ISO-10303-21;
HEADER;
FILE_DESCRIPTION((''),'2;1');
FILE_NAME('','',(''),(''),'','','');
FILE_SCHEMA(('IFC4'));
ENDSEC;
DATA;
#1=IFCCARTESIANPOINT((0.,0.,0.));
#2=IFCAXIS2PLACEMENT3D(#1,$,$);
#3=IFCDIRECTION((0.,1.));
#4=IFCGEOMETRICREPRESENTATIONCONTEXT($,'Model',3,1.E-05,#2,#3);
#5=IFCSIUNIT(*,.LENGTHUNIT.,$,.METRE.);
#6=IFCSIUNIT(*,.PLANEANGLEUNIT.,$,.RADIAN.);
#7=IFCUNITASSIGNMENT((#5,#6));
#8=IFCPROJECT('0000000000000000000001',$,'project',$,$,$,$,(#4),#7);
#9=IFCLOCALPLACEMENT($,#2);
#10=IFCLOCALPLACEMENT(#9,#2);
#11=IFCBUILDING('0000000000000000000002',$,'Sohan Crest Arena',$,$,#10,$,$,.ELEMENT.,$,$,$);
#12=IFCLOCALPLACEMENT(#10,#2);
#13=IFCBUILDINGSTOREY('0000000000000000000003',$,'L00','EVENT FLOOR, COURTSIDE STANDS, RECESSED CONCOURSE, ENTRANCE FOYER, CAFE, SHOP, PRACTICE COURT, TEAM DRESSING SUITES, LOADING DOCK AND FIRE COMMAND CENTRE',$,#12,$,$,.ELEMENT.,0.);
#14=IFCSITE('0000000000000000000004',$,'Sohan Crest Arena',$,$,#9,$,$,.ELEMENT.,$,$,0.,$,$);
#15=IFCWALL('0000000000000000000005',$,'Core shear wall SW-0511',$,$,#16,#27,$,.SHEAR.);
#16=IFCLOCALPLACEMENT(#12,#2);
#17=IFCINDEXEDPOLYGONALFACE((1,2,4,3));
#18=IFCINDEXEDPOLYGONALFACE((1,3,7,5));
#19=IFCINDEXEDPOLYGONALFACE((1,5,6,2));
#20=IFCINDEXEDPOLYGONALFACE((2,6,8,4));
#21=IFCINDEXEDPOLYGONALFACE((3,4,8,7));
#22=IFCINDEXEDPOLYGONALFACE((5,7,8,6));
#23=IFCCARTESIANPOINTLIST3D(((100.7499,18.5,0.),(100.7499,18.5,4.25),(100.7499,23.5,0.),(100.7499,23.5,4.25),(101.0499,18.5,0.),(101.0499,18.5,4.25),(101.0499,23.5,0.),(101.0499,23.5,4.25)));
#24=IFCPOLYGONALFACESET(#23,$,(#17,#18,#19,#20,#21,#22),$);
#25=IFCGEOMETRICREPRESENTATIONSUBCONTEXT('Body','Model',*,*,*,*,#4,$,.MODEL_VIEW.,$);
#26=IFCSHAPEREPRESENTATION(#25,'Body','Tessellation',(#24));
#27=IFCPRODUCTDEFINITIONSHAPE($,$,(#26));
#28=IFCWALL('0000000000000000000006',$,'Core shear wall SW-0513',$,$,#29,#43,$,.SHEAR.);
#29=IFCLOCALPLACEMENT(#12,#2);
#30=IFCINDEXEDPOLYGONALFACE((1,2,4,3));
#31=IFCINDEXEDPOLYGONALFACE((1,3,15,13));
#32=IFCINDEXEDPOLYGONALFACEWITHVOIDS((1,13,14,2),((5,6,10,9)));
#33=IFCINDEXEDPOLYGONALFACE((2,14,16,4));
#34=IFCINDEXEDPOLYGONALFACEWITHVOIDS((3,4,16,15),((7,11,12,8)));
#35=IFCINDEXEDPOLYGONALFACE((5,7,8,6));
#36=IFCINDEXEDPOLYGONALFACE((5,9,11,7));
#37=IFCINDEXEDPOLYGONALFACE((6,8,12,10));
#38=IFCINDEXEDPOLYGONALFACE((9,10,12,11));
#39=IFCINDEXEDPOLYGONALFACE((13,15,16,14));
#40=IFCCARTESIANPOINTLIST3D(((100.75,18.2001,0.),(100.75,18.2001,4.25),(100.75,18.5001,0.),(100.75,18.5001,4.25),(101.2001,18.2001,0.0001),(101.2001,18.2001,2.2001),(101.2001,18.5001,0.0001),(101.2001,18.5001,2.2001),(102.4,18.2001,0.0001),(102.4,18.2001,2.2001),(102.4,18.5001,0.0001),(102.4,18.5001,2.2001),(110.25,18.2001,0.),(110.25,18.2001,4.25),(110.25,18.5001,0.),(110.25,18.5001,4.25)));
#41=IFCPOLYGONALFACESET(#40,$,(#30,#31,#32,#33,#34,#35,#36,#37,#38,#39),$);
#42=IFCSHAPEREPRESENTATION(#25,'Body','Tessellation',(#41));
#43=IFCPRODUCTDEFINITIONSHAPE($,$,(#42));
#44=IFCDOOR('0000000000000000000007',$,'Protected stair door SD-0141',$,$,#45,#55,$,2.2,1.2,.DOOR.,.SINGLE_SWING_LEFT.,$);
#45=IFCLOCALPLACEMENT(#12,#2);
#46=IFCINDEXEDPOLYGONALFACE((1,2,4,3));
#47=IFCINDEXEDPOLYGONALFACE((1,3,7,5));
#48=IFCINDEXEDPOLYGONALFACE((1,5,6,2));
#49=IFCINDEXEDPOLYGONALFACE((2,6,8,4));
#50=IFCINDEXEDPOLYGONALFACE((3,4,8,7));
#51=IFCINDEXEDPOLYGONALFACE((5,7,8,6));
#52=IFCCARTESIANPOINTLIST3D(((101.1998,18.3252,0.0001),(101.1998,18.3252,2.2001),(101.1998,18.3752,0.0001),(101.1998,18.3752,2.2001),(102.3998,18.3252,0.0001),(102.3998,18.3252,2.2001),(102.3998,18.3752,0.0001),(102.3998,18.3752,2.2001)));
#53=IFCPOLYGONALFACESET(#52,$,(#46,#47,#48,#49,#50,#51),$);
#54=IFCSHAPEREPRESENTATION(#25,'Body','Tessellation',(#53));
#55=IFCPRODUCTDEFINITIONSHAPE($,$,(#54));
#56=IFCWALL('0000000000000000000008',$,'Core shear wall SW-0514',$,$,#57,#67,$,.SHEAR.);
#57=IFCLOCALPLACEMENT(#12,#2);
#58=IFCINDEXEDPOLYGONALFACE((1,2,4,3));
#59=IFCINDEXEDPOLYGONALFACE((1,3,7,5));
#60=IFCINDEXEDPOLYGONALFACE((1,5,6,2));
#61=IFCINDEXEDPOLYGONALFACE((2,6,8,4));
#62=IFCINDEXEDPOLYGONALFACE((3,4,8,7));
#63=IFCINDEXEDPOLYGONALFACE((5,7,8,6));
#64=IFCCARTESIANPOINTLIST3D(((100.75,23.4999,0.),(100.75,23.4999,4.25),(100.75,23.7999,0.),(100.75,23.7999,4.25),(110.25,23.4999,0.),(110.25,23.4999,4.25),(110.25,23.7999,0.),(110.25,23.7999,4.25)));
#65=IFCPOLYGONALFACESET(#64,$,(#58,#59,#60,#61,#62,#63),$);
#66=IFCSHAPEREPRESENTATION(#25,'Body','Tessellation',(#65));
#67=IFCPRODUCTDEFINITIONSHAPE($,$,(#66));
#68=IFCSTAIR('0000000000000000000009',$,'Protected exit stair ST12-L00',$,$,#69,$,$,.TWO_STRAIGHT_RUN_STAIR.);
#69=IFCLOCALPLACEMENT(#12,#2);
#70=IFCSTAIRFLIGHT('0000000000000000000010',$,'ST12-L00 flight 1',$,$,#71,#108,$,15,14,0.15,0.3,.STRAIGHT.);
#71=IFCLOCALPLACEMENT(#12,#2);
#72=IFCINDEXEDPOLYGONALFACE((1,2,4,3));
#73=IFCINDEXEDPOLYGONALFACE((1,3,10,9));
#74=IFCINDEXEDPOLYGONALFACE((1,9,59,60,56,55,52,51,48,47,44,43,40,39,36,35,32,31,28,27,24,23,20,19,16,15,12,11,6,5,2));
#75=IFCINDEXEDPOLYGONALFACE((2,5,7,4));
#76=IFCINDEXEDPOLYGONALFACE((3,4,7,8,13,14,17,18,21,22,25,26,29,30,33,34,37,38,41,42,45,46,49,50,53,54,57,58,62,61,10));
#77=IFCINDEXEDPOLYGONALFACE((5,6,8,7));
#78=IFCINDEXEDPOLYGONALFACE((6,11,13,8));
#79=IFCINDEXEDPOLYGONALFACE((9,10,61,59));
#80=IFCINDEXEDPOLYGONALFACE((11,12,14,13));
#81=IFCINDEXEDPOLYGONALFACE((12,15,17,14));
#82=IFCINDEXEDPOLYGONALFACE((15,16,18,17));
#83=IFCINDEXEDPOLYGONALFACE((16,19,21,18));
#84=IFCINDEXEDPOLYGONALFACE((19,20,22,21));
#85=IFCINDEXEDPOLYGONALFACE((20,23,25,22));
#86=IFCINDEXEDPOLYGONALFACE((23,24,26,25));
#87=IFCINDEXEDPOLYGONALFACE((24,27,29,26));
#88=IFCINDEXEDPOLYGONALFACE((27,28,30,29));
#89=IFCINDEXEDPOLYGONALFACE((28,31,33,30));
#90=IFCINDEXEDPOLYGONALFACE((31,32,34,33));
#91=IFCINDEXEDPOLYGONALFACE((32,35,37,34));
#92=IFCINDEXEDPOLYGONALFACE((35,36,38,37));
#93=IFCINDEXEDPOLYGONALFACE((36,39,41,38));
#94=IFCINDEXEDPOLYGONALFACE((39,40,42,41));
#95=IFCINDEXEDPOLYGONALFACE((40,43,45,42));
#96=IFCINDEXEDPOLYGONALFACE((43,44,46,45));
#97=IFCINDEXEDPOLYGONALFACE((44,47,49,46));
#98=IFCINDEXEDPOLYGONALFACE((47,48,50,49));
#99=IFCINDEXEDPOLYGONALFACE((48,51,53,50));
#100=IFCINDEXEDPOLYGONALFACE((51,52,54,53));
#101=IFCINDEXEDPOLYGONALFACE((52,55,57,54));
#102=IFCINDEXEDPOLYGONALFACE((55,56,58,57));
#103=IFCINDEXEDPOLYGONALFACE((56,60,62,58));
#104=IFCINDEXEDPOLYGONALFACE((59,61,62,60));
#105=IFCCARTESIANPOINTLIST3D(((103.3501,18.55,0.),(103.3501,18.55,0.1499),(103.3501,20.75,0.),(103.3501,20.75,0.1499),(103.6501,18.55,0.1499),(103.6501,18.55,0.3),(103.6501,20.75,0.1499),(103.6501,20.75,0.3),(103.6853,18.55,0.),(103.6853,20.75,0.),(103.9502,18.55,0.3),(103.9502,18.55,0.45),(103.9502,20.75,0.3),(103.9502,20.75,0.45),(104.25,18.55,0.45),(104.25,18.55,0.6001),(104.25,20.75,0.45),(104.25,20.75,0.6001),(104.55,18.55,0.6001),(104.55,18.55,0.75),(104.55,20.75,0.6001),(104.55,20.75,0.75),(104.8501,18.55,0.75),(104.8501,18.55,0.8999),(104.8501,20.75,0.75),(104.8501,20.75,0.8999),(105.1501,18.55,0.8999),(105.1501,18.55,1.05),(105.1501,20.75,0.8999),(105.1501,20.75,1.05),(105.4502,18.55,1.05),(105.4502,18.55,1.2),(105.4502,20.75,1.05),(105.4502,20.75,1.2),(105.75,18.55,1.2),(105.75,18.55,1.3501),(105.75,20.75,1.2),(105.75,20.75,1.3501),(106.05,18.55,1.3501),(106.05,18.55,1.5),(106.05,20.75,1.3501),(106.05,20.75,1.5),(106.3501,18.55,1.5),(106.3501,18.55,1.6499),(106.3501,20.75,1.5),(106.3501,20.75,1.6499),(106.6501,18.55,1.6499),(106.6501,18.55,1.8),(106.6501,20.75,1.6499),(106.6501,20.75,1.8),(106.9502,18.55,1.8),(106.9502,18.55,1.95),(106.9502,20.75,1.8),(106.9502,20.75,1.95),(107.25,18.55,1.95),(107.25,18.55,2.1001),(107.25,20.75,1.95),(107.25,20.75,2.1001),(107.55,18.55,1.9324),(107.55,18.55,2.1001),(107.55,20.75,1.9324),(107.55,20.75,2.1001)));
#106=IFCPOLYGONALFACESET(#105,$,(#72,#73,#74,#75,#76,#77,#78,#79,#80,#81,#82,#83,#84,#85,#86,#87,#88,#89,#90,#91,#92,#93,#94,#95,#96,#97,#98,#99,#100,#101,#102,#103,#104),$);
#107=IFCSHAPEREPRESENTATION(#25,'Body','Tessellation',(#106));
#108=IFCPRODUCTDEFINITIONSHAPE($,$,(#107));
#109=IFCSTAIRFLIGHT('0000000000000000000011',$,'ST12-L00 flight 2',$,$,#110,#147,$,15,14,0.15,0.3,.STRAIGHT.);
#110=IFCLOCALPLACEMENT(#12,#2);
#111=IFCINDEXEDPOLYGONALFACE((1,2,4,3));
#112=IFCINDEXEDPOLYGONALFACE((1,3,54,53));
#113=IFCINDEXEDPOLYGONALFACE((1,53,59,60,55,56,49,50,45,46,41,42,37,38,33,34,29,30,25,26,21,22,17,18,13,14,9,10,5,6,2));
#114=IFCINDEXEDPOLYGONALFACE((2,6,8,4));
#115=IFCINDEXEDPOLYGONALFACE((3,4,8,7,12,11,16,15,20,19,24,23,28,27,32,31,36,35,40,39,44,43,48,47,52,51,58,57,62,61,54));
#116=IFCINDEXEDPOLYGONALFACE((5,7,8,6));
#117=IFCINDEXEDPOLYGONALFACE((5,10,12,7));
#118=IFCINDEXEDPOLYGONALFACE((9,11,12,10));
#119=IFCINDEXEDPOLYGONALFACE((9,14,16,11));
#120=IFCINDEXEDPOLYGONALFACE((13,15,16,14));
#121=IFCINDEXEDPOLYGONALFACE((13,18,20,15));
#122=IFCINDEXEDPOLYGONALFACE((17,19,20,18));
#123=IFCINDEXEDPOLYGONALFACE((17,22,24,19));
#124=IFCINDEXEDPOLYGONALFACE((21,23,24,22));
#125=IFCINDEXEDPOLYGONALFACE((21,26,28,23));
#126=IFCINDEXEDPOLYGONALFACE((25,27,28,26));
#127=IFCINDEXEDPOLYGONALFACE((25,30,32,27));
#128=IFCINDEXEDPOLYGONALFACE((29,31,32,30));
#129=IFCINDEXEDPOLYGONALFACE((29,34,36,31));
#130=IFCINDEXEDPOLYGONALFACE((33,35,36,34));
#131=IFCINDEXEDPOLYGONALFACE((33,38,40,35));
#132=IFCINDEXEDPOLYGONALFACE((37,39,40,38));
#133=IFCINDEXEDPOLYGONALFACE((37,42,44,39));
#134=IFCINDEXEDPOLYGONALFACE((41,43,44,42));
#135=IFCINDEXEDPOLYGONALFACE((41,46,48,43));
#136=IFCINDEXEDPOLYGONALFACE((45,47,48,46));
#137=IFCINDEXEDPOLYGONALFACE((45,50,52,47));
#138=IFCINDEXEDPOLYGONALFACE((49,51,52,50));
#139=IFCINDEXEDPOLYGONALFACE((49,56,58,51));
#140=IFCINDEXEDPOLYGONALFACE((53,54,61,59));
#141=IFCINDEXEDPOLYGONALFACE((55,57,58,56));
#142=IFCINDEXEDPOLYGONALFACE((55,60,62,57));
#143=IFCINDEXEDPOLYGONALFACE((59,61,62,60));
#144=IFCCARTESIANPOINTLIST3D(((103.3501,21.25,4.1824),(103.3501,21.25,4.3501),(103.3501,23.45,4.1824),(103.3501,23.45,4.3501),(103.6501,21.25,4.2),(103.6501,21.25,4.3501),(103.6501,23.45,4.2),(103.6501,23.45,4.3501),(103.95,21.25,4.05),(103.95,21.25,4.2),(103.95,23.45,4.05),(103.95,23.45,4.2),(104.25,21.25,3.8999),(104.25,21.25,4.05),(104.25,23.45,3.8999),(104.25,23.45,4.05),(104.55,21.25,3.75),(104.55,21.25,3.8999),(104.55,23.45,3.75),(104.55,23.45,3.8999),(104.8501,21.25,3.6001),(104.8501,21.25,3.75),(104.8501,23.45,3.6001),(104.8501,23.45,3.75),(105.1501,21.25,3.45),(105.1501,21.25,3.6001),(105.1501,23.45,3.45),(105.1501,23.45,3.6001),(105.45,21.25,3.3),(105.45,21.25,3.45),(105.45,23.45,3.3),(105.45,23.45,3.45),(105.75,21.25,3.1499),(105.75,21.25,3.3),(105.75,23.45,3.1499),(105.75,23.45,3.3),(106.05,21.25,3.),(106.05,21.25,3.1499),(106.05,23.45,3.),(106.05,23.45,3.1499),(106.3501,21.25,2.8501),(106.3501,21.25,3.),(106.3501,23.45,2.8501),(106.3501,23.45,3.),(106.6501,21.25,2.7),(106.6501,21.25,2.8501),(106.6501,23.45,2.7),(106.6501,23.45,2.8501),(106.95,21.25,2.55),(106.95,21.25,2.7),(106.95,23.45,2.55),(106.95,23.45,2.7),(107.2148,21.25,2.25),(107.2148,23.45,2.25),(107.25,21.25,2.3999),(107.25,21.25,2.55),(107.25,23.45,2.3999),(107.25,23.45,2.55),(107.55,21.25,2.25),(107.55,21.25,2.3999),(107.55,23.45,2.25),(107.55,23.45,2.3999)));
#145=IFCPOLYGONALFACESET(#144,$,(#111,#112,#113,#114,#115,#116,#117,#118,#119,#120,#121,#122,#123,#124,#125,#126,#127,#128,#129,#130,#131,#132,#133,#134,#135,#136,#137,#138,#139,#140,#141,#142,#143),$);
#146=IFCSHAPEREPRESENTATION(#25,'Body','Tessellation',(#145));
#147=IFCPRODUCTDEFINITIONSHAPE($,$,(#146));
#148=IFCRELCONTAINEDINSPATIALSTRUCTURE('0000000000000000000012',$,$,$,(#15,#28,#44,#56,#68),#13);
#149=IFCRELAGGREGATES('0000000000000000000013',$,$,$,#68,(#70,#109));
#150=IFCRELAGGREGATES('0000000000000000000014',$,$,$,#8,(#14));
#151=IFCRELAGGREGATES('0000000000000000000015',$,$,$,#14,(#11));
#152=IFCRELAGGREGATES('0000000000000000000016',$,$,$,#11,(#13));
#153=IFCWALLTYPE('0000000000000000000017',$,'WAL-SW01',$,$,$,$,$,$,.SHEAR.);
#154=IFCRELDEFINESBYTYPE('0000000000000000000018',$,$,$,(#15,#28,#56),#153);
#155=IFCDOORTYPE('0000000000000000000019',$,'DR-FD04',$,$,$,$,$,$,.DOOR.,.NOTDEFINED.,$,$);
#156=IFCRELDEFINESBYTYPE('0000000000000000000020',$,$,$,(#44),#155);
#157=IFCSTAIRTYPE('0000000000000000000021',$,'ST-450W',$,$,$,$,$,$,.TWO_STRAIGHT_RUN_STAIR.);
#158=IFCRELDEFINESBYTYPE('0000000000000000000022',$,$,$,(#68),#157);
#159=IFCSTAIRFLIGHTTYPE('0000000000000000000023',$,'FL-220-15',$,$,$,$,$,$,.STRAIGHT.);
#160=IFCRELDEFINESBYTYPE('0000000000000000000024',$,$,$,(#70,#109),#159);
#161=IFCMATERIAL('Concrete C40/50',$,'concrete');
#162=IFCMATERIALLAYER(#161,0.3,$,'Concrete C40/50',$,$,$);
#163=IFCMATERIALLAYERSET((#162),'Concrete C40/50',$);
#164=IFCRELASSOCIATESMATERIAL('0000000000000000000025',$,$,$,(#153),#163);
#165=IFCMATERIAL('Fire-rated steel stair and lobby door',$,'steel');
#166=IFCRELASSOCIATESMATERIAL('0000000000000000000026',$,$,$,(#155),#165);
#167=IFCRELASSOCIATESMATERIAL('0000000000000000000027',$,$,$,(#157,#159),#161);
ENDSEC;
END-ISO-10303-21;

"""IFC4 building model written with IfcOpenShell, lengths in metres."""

from ifc_helpers import new_model, si_unit, direction, frame, frame_2d, origin, place, context, subcontext, project, spatial, polyline, rectangle, outline, extrude, material, layer, layer_set, type_object, element, fill, aggregate, save


model = new_model("IFC4")

# Units and contexts
model_context = context("Model", 3, precision=1e-05, world=origin(), true_north=direction((0.0, 1.0)))
body_context = subcontext(model_context, "Body", "Model", "MODEL_VIEW")
ifc_project = project(units=[si_unit("LENGTHUNIT", "METRE"), si_unit("PLANEANGLEUNIT", "RADIAN")], contexts=[model_context])

# Site, building, storey
site_placement = place(None, origin())
site = spatial("IfcSite", under=ifc_project, at=site_placement, Name="Sohan Crest Arena", CompositionType="ELEMENT", RefElevation=0.0)
building_placement = place(site_placement, origin())
building = spatial("IfcBuilding", under=site, at=building_placement, Name="Sohan Crest Arena", CompositionType="ELEMENT")
storey_placement = place(building_placement, origin())
storey = spatial("IfcBuildingStorey", under=building, at=storey_placement, Name="L00", Description="EVENT FLOOR, COURTSIDE STANDS, RECESSED CONCOURSE, ENTRANCE FOYER, CAFE, SHOP, PRACTICE COURT, TEAM DRESSING SUITES, LOADING DOCK AND FIRE COMMAND CENTRE", CompositionType="ELEMENT", Elevation=0.0)

# Shared definitions
ifc_material_1 = material(Name="Concrete C40/50", Category="concrete")

# Wall
ifc_layer_1 = layer(ifc_material_1, 0.3, Name="Concrete C40/50")
ifc_layer_set_1 = layer_set([ifc_layer_1], Name="Concrete C40/50")
wall_type = type_object("IfcWallType", Name="WAL-SW01", PredefinedType="SHEAR", material=ifc_layer_set_1)
wall_1_placement = place(storey_placement, frame((100.8999, 18.5, 0.0), z_axis=(0.0, 0.0, 1.0), x_axis=(0.0, 1.0, 0.0)))
element("IfcWall", 1, at=wall_1_placement, inside=storey, type_object=wall_type, Name="Core shear wall SW-0511", PredefinedType="SHEAR", context=body_context, shape_type="SweptSolid", body=[
    extrude(rectangle(XDim=5.0, YDim=0.3, at=frame_2d((2.5, 0.0))), origin(), (0.0, 0.0, 1.0), 4.25),
])

# Wall, opening, door
wall_2_placement = place(storey_placement, frame((100.75, 18.3501, 0.0), z_axis=(0.0, 0.0, 1.0), x_axis=(1.0, 0.0, 0.0)))
wall_2 = element("IfcWall", 2, at=wall_2_placement, inside=storey, type_object=wall_type, Name="Core shear wall SW-0513", PredefinedType="SHEAR", context=body_context, shape_type="SweptSolid", body=[
    extrude(rectangle(XDim=9.5, YDim=0.3, at=frame_2d((4.75, 0.0))), origin(), (0.0, 0.0, 1.0), 4.25),
])
opening_placement = place(wall_2_placement, frame((0.45, 0.0, 0.0)))
opening = element("IfcOpeningElement", 3, at=opening_placement, cuts=wall_2, PredefinedType="OPENING", context=body_context, shape_type="SweptSolid", body=[
    extrude(rectangle(XDim=1.2, YDim=2.2, at=frame_2d((0.6001, 1.1001))), frame((0.0, 0.1599, 0.0), z_axis=(0.0, -1.0, 0.0), x_axis=(1.0, 0.0, 0.0)), (0.0, 0.0, 1.0), 0.3201),
])
ifc_material_2 = material(Name="Fire-rated steel stair and lobby door", Category="steel")
door_type = type_object("IfcDoorType", Name="DR-FD04", OperationType="NOTDEFINED", PredefinedType="DOOR", material=ifc_material_2)
door_placement = place(opening_placement, frame((1.2, 0.0, 0.0), z_axis=(0.0, 0.0, 1.0), x_axis=(-1.0, 0.0, 0.0)))
door = element("IfcDoor", 4, at=door_placement, inside=storey, type_object=door_type, Name="Protected stair door SD-0141", OperationType="SINGLE_SWING_LEFT", OverallHeight=2.2, OverallWidth=1.2, PredefinedType="DOOR", context=body_context, shape_type="SweptSolid", body=[
    extrude(rectangle(XDim=1.2, YDim=2.2, at=frame_2d((0.6001, 1.1001))), frame((0.0, 0.0249, 0.0), z_axis=(0.0, -1.0, 0.0), x_axis=(1.0, 0.0, 0.0)), (0.0, 0.0, 1.0), 0.05),
])
fill(opening, door)

# Wall
wall_3_placement = place(storey_placement, frame((100.75, 23.6499, 0.0), z_axis=(0.0, 0.0, 1.0), x_axis=(1.0, 0.0, 0.0)))
element("IfcWall", 5, at=wall_3_placement, inside=storey, type_object=wall_type, Name="Core shear wall SW-0514", PredefinedType="SHEAR", context=body_context, shape_type="SweptSolid", body=[
    extrude(rectangle(XDim=9.5, YDim=0.3, at=frame_2d((4.75, 0.0))), origin(), (0.0, 0.0, 1.0), 4.25),
])

# Stair, stair flights
stair_type = type_object("IfcStairType", Name="ST-450W", PredefinedType="TWO_STRAIGHT_RUN_STAIR", material=ifc_material_1)
stair_placement = place(storey_placement, origin())
stair = element("IfcStair", 6, at=stair_placement, inside=storey, type_object=stair_type, Name="Protected exit stair ST12-L00", PredefinedType="TWO_STRAIGHT_RUN_STAIR")
stair_flight_type = type_object("IfcStairFlightType", Name="FL-220-15", PredefinedType="STRAIGHT", material=ifc_material_1)
stair_flight_1_placement = place(storey_placement, frame((103.3501, 19.6499, 0.0), z_axis=(0.0, 0.0, 1.0), x_axis=(1.0, 0.0, 0.0)))
stair_flight_1 = element("IfcStairFlight", 7, at=stair_flight_1_placement, type_object=stair_flight_type, Name="ST12-L00 flight 1", NumberOfRisers=15, NumberOfTreads=14, PredefinedType="STRAIGHT", RiserHeight=0.15, TreadLength=0.3, context=body_context, shape_type="SweptSolid", body=[
    extrude(outline(polyline([(0.0, 0.0), (0.0, 0.1499), (0.3, 0.1499), (0.3, 0.3), (0.6001, 0.3), (0.6001, 0.45), (0.8999, 0.45), (0.8999, 0.6001), (1.2, 0.6001), (1.2, 0.75), (1.5, 0.75), (1.5, 0.8999), (1.8, 0.8999), (1.8, 1.05), (2.1001, 1.05), (2.1001, 1.2), (2.3999, 1.2), (2.3999, 1.3501), (2.7, 1.3501), (2.7, 1.5), (3.0, 1.5), (3.0, 1.6499), (3.3, 1.6499), (3.3, 1.8), (3.6001, 1.8), (3.6001, 1.95), (3.8999, 1.95), (3.8999, 2.1001), (4.2, 2.1001), (4.2, 2.25), (4.2, 1.9324), (0.3352, 0.0), (0.0, 0.0)])), frame((0.0, 1.1001, 0.0), z_axis=(0.0, -1.0, 0.0), x_axis=(1.0, 0.0, 0.0)), (0.0, 0.0, 1.0), 2.2),
])
stair_flight_2_placement = place(storey_placement, frame((107.55, 22.3501, 2.25), z_axis=(0.0, 0.0, 1.0), x_axis=(-1.0, 0.0, 0.0)))
stair_flight_2 = element("IfcStairFlight", 8, at=stair_flight_2_placement, type_object=stair_flight_type, Name="ST12-L00 flight 2", NumberOfRisers=15, NumberOfTreads=14, PredefinedType="STRAIGHT", RiserHeight=0.15, TreadLength=0.3, context=body_context, shape_type="SweptSolid", body=[
    extrude(outline(polyline([(0.0, 0.0), (0.0, 0.1499), (0.3, 0.1499), (0.3, 0.3), (0.6001, 0.3), (0.6001, 0.45), (0.8999, 0.45), (0.8999, 0.6001), (1.2, 0.6001), (1.2, 0.75), (1.5, 0.75), (1.5, 0.8999), (1.8, 0.8999), (1.8, 1.05), (2.1001, 1.05), (2.1001, 1.2), (2.3999, 1.2), (2.3999, 1.3501), (2.7, 1.3501), (2.7, 1.5), (3.0, 1.5), (3.0, 1.6499), (3.3, 1.6499), (3.3, 1.8), (3.6001, 1.8), (3.6001, 1.95), (3.8999, 1.95), (3.8999, 2.1001), (4.2, 2.1001), (4.2, 2.25), (4.2, 1.9324), (0.3352, 0.0), (0.0, 0.0)])), frame((0.0, 1.1001, 0.0), z_axis=(0.0, -1.0, 0.0), x_axis=(1.0, 0.0, 0.0)), (0.0, 0.0, 1.0), 2.2),
])
aggregate(stair, [stair_flight_1, stair_flight_2])

save(model, "model.ifc")
